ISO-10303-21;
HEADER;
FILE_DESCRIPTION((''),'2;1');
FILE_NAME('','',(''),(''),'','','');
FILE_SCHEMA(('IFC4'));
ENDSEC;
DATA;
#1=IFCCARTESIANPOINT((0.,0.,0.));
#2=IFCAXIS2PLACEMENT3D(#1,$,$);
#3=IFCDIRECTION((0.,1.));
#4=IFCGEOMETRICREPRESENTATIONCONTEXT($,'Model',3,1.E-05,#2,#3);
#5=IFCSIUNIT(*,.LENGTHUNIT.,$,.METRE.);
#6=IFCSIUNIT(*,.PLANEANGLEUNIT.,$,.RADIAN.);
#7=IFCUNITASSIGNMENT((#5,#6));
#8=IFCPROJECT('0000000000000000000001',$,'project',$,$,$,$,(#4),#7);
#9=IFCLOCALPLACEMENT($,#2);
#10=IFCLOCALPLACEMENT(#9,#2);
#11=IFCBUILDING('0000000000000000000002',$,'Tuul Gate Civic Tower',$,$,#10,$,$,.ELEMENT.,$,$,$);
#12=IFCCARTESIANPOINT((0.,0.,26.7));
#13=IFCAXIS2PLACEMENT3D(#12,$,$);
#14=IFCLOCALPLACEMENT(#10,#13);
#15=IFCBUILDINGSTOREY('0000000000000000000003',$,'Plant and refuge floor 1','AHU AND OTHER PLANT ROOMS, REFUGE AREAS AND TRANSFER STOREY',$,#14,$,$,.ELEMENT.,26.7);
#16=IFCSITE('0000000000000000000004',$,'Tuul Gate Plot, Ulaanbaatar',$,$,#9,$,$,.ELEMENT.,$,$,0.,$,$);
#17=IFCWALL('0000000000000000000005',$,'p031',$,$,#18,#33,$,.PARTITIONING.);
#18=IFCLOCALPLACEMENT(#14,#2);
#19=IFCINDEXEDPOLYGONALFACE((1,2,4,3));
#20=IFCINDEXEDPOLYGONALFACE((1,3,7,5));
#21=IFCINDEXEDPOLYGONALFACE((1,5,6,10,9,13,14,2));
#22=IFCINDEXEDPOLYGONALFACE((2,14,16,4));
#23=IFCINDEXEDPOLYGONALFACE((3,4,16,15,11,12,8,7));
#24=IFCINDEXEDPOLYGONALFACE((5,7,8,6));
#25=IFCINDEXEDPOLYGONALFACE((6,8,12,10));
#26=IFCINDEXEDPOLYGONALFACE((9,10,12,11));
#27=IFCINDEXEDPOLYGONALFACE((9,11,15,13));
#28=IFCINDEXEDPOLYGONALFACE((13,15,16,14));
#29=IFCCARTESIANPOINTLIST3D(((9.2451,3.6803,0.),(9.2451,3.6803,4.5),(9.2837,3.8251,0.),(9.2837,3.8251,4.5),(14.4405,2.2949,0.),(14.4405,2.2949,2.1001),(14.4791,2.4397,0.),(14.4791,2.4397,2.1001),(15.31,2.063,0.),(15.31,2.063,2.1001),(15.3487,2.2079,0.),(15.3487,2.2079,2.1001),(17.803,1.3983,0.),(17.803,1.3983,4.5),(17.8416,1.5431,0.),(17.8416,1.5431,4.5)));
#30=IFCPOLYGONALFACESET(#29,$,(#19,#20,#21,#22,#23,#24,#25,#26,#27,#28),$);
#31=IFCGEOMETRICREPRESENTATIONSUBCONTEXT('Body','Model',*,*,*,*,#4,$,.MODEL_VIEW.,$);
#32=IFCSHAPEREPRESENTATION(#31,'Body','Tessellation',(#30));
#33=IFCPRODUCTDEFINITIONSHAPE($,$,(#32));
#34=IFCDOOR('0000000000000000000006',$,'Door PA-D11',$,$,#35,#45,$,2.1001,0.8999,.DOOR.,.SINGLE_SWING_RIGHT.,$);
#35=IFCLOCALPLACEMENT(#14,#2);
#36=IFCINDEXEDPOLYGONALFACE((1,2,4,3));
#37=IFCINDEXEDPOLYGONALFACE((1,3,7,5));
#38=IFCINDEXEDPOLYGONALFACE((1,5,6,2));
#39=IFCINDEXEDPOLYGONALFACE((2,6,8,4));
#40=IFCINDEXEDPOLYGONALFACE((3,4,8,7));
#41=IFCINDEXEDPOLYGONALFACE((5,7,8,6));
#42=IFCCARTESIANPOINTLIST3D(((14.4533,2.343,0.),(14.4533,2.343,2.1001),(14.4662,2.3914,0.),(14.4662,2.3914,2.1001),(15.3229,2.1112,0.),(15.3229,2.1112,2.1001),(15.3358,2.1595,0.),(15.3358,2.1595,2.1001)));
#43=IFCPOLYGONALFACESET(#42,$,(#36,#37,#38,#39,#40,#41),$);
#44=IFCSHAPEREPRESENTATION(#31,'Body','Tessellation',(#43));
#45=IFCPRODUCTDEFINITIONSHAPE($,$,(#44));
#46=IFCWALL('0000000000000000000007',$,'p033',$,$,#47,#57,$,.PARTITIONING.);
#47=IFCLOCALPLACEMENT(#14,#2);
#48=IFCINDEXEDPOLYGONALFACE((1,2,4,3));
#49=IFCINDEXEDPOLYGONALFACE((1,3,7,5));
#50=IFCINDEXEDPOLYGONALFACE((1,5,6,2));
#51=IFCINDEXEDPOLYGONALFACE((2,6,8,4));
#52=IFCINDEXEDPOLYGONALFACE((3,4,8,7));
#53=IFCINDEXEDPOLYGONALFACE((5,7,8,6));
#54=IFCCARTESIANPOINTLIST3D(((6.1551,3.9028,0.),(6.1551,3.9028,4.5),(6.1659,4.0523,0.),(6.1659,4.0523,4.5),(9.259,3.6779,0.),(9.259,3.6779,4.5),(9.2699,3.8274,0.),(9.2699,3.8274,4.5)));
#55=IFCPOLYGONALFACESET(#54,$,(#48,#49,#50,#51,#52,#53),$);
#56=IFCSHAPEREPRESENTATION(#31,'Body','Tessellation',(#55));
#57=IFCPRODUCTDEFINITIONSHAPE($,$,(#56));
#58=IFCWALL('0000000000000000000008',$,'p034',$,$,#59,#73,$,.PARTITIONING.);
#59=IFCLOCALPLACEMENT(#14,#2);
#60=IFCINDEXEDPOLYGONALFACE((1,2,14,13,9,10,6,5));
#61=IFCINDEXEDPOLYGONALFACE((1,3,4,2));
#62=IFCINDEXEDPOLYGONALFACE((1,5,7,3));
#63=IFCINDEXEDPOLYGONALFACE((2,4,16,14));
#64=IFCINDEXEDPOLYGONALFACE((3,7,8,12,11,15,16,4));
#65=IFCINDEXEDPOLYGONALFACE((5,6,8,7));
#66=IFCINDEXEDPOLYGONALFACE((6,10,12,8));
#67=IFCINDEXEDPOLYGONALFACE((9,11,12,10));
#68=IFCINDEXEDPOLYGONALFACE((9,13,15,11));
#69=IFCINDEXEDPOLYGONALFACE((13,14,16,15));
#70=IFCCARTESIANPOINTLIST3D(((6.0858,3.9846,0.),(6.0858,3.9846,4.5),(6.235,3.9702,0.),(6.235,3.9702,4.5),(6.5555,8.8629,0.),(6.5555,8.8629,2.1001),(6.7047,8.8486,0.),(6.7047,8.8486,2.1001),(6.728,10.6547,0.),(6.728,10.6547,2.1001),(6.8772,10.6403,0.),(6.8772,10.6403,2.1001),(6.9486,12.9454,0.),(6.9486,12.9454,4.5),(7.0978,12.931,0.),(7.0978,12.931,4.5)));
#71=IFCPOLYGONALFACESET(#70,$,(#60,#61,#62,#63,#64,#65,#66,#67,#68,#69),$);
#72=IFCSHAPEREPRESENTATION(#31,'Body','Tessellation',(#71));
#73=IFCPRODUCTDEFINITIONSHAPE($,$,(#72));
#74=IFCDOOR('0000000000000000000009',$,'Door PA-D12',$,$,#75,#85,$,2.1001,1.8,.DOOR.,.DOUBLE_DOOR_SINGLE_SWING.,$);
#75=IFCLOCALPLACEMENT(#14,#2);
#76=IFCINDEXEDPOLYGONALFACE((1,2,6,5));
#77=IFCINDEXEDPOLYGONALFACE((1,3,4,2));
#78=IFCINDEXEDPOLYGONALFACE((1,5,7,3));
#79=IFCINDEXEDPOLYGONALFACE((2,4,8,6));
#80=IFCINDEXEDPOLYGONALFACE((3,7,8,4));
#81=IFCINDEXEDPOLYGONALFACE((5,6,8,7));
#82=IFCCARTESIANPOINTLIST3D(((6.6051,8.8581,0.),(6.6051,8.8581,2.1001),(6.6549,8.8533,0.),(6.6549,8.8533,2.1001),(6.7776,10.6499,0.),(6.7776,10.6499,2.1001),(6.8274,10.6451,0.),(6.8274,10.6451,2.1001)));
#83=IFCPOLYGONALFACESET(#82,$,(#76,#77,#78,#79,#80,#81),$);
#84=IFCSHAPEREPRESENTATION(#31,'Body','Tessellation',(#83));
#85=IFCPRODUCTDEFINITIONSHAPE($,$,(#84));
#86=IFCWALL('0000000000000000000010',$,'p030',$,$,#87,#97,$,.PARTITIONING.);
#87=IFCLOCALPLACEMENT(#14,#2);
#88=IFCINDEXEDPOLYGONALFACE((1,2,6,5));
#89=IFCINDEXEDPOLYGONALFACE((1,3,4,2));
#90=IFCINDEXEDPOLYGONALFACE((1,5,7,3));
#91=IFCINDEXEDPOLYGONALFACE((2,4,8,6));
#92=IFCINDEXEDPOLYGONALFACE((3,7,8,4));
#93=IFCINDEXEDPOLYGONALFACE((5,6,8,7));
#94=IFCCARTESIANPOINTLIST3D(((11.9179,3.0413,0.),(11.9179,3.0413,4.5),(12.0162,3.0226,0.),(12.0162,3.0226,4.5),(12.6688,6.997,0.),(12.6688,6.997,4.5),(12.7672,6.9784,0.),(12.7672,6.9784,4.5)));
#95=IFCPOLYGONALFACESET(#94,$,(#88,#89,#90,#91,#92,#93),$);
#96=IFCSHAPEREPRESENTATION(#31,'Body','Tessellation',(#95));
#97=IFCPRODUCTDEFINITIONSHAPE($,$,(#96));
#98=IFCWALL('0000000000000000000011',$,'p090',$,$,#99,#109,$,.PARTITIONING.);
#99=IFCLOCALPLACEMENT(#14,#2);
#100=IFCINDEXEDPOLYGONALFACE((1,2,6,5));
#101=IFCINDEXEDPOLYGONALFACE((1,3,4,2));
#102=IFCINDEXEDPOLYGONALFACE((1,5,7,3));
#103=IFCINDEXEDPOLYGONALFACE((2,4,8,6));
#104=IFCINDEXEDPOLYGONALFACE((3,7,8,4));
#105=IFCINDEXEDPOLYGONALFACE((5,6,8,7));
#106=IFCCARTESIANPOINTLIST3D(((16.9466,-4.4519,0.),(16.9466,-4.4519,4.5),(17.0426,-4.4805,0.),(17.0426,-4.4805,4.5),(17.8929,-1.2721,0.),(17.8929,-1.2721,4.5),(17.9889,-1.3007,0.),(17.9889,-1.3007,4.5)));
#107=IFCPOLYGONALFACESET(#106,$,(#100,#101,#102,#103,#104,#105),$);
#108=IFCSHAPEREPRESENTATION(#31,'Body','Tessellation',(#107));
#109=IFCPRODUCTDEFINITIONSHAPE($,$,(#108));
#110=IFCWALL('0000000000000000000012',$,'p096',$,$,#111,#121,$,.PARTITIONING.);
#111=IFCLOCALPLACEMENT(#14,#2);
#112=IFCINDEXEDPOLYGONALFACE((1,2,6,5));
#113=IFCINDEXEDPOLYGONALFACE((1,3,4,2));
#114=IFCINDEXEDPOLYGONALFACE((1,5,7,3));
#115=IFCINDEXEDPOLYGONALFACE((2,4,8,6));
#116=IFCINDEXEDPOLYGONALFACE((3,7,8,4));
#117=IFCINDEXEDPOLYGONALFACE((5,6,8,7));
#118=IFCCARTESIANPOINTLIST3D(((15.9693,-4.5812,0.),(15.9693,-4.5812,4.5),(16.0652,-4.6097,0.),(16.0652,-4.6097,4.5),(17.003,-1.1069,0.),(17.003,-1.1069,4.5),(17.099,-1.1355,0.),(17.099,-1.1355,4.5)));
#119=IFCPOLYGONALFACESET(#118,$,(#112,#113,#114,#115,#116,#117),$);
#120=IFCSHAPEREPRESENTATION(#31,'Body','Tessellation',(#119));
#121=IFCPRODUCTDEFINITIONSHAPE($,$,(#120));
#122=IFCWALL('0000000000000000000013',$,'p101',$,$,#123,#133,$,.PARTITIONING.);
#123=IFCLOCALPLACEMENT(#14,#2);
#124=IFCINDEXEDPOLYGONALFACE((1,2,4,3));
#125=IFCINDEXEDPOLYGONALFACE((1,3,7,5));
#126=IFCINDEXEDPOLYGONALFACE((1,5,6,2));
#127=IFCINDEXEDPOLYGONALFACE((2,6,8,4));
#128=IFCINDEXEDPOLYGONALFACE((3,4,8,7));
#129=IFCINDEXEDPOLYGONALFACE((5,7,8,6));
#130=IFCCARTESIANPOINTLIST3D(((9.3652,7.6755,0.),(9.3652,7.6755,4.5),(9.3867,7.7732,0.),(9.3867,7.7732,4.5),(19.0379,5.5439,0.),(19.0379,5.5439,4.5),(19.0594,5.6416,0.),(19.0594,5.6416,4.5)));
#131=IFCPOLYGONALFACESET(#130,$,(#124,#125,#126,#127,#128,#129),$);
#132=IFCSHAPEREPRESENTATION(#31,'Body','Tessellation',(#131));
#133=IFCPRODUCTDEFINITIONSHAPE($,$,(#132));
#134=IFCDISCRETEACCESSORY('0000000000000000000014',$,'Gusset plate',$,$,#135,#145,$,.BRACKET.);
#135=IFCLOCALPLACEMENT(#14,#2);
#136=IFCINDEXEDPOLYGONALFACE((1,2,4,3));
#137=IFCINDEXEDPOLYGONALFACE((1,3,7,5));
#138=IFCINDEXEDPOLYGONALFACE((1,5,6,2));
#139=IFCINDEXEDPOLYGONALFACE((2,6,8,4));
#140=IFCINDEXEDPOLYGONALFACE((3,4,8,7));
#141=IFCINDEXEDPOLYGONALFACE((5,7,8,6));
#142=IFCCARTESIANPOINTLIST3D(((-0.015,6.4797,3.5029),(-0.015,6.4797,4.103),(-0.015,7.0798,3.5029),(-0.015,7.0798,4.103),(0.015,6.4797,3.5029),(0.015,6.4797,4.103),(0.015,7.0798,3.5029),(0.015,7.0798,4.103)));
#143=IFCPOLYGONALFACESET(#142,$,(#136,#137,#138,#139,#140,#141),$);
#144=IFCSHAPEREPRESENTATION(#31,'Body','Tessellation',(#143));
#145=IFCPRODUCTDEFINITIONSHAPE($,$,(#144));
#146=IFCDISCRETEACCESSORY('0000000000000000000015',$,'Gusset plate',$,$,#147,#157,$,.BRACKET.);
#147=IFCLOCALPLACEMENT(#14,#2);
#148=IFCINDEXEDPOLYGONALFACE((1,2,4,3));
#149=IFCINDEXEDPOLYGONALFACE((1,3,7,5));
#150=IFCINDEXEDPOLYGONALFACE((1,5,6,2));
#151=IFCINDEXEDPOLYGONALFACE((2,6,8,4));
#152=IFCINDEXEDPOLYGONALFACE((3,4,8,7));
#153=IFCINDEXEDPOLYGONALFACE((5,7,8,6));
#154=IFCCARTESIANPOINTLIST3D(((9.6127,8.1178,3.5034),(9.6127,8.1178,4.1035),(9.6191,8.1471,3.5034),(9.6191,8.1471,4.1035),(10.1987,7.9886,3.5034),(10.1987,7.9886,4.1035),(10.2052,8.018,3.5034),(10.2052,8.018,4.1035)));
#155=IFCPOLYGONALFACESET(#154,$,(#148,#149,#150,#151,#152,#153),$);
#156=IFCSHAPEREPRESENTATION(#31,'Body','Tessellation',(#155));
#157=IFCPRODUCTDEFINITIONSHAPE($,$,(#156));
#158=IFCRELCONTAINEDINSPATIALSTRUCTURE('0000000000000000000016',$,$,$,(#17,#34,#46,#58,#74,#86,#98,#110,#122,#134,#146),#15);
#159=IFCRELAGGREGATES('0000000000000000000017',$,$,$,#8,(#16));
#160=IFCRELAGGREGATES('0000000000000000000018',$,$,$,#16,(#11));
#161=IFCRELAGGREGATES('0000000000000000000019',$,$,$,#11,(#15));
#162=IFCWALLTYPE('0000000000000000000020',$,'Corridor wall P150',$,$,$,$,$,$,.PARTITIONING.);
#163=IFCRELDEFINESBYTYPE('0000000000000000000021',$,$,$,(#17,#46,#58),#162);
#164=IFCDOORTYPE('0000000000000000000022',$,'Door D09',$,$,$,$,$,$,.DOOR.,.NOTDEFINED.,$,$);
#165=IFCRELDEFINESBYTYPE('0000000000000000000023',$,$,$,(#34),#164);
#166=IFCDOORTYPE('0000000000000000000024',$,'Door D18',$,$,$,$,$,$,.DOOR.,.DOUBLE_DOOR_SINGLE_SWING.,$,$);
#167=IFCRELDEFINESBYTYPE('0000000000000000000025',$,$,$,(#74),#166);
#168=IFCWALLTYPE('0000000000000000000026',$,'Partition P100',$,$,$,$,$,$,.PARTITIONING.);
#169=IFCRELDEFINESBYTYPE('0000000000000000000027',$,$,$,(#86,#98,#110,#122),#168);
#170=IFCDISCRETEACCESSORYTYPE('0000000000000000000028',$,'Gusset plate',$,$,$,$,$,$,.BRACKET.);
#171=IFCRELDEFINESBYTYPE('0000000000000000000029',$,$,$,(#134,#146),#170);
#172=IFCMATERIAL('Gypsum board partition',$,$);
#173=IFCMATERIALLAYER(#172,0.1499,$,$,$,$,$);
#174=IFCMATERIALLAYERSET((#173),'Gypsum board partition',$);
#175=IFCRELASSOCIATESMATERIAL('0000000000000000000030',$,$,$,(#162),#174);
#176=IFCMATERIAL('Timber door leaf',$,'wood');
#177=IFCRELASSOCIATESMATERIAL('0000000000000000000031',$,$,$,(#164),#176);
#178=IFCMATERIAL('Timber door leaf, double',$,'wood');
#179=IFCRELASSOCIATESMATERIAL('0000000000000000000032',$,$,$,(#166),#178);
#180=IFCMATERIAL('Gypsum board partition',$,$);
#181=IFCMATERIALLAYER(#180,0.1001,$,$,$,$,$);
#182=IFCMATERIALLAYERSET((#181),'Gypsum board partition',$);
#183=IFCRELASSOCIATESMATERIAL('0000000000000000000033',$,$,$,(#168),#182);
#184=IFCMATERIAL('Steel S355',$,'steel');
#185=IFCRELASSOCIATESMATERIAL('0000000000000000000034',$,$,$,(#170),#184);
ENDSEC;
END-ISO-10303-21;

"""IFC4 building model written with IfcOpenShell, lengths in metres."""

from ifc_helpers import new_model, si_unit, direction, frame, frame_2d, origin, origin_2d, place, context, subcontext, project, spatial, rectangle, extrude, material, layer, layer_set, type_object, element, fill, save


model = new_model("IFC4")

# Units and contexts
model_context = context("Model", 3, precision=1e-05, world=origin(), true_north=direction((0.0, 1.0)))
body_context = subcontext(model_context, "Body", "Model", "MODEL_VIEW")
ifc_project = project(units=[si_unit("LENGTHUNIT", "METRE"), si_unit("PLANEANGLEUNIT", "RADIAN")], contexts=[model_context])

# Site, building, storey
site_placement = place(None, origin())
site = spatial("IfcSite", under=ifc_project, at=site_placement, Name="Tuul Gate Plot, Ulaanbaatar", CompositionType="ELEMENT", RefElevation=0.0)
building_placement = place(site_placement, origin())
building = spatial("IfcBuilding", under=site, at=building_placement, Name="Tuul Gate Civic Tower", CompositionType="ELEMENT")
storey_placement = place(building_placement, frame((0.0, 0.0, 26.7)))
storey = spatial("IfcBuildingStorey", under=building, at=storey_placement, Name="Plant and refuge floor 1", Description="AHU AND OTHER PLANT ROOMS, REFUGE AREAS AND TRANSFER STOREY", CompositionType="ELEMENT", Elevation=26.7)

# Shared definitions
ifc_material_1 = material(Name="Gypsum board partition")
ifc_layer_1 = layer(ifc_material_1, 0.1499)
ifc_layer_set_1 = layer_set([ifc_layer_1], Name="Gypsum board partition")
wall_type_1 = type_object("IfcWallType", Name="Corridor wall P150", PredefinedType="PARTITIONING", material=ifc_layer_set_1)

# Wall, opening, door
wall_1_placement = place(storey_placement, frame((9.2644, 3.7527, 0.0), z_axis=(0.0, 0.0, 1.0), x_axis=(0.966238, -0.257651, 0.0)))
wall_1 = element("IfcWall", 1, at=wall_1_placement, inside=storey, type_object=wall_type_1, Name="p031", PredefinedType="PARTITIONING", context=body_context, shape_type="SweptSolid", body=[
    extrude(rectangle(XDim=8.8569, YDim=0.1499, at=frame_2d((4.4285, 0.0))), origin(), (0.0, 0.0, 1.0), 4.5),
])
opening_1_placement = place(wall_1_placement, frame((5.377, 0.0, 0.0)))
opening_1 = element("IfcOpeningElement", 2, at=opening_1_placement, cuts=wall_1, PredefinedType="OPENING", context=body_context, shape_type="SweptSolid", body=[
    extrude(rectangle(XDim=0.8999, YDim=2.1001, at=frame_2d((0.45, 1.05))), frame((0.0, 0.085, 0.0), z_axis=(0.0, -1.0, 0.0), x_axis=(1.0, 0.0, 0.0)), (0.0, 0.0, 1.0), 0.1699),
])
ifc_material_2 = material(Name="Timber door leaf", Category="wood")
door_type_1 = type_object("IfcDoorType", Name="Door D09", OperationType="NOTDEFINED", PredefinedType="DOOR", material=ifc_material_2)
door_1_placement = place(opening_1_placement, origin())
door_1 = element("IfcDoor", 3, at=door_1_placement, inside=storey, type_object=door_type_1, Name="Door PA-D11", OperationType="SINGLE_SWING_RIGHT", OverallHeight=2.1001, OverallWidth=0.8999, PredefinedType="DOOR", context=body_context, shape_type="SweptSolid", body=[
    extrude(rectangle(XDim=0.8999, YDim=2.1001, at=frame_2d((0.45, 1.05))), frame((0.0, 0.0249, 0.0), z_axis=(0.0, -1.0, 0.0), x_axis=(1.0, 0.0, 0.0)), (0.0, 0.0, 1.0), 0.05),
])
fill(opening_1, door_1)

# Wall
wall_2_placement = place(storey_placement, frame((6.1604, 3.9775, 0.0), z_axis=(0.0, 0.0, 1.0), x_axis=(0.997387, -0.072251, 0.0)))
element("IfcWall", 4, at=wall_2_placement, inside=storey, type_object=wall_type_1, Name="p033", PredefinedType="PARTITIONING", context=body_context, shape_type="SweptSolid", body=[
    extrude(rectangle(XDim=3.1121, YDim=0.1499, at=frame_2d((1.5562, 0.0))), origin(), (0.0, 0.0, 1.0), 4.5),
])

# Wall, opening, door
wall_3_placement = place(storey_placement, frame((6.1604, 3.9775, 0.0), z_axis=(0.0, 0.0, 1.0), x_axis=(0.095843, 0.995396, 0.0)))
wall_3 = element("IfcWall", 5, at=wall_3_placement, inside=storey, type_object=wall_type_1, Name="p034", PredefinedType="PARTITIONING", context=body_context, shape_type="SweptSolid", body=[
    extrude(rectangle(XDim=9.0022, YDim=0.1499, at=frame_2d((4.501, 0.0))), origin(), (0.0, 0.0, 1.0), 4.5),
])
opening_2_placement = place(wall_3_placement, frame((4.9009, 0.0, 0.0)))
opening_2 = element("IfcOpeningElement", 6, at=opening_2_placement, cuts=wall_3, PredefinedType="OPENING", context=body_context, shape_type="SweptSolid", body=[
    extrude(rectangle(XDim=1.8, YDim=2.1001, at=frame_2d((0.8999, 1.05))), frame((0.0, 0.085, 0.0), z_axis=(0.0, -1.0, 0.0), x_axis=(1.0, 0.0, 0.0)), (0.0, 0.0, 1.0), 0.1699),
])
ifc_material_3 = material(Name="Timber door leaf, double", Category="wood")
door_type_2 = type_object("IfcDoorType", Name="Door D18", OperationType="DOUBLE_DOOR_SINGLE_SWING", PredefinedType="DOOR", material=ifc_material_3)
door_2_placement = place(opening_2_placement, frame((1.8, 0.0, 0.0), z_axis=(0.0, 0.0, 1.0), x_axis=(-1.0, 0.0, 0.0)))
door_2 = element("IfcDoor", 7, at=door_2_placement, inside=storey, type_object=door_type_2, Name="Door PA-D12", OperationType="DOUBLE_DOOR_SINGLE_SWING", OverallHeight=2.1001, OverallWidth=1.8, PredefinedType="DOOR", context=body_context, shape_type="SweptSolid", body=[
    extrude(rectangle(XDim=1.8, YDim=2.1001, at=frame_2d((0.9001, 1.05))), frame((0.0, 0.0249, 0.0), z_axis=(0.0, -1.0, 0.0), x_axis=(1.0, 0.0, 0.0)), (0.0, 0.0, 1.0), 0.05),
])
fill(opening_2, door_2)

# Walls
ifc_material_4 = material(Name="Gypsum board partition")
ifc_layer_2 = layer(ifc_material_4, 0.1001)
ifc_layer_set_2 = layer_set([ifc_layer_2], Name="Gypsum board partition")
wall_type_2 = type_object("IfcWallType", Name="Partition P100", PredefinedType="PARTITIONING", material=ifc_layer_set_2)
wall_4_placement = place(storey_placement, frame((11.967, 3.032, 0.0), z_axis=(0.0, 0.0, 1.0), x_axis=(0.18651, 0.982453, 0.0)))
element("IfcWall", 8, at=wall_4_placement, inside=storey, type_object=wall_type_2, Name="p030", PredefinedType="PARTITIONING", context=body_context, shape_type="SweptSolid", body=[
    extrude(rectangle(XDim=4.0264, YDim=0.1001, at=frame_2d((2.0132, 0.0))), origin(), (0.0, 0.0, 1.0), 4.5),
])
wall_5_placement = place(storey_placement, frame((16.9946, -4.4661, 0.0), z_axis=(0.0, 0.0, 1.0), x_axis=(0.285241, 0.958456, 0.0)))
element("IfcWall", 9, at=wall_5_placement, inside=storey, type_object=wall_type_2, Name="p090", PredefinedType="PARTITIONING", context=body_context, shape_type="SweptSolid", body=[
    extrude(rectangle(XDim=3.3176, YDim=0.1001, at=frame_2d((1.6587, 0.0))), origin(), (0.0, 0.0, 1.0), 4.5),
])
wall_6_placement = place(storey_placement, frame((17.051, -1.1211, 0.0), z_axis=(0.0, 0.0, 1.0), x_axis=(-0.285184, -0.958473, 0.0)))
element("IfcWall", 10, at=wall_6_placement, inside=storey, type_object=wall_type_2, Name="p096", PredefinedType="PARTITIONING", context=body_context, shape_type="SweptSolid", body=[
    extrude(rectangle(XDim=3.6248, YDim=0.1001, at=frame_2d((1.8125, 0.0))), origin(), (0.0, 0.0, 1.0), 4.5),
])
wall_7_placement = place(storey_placement, frame((9.376, 7.7244, 0.0), z_axis=(0.0, 0.0, 1.0), x_axis=(0.976568, -0.21521, 0.0)))
element("IfcWall", 11, at=wall_7_placement, inside=storey, type_object=wall_type_2, Name="p101", PredefinedType="PARTITIONING", context=body_context, shape_type="SweptSolid", body=[
    extrude(rectangle(XDim=9.9048, YDim=0.1001, at=frame_2d((4.9524, 0.0))), origin(), (0.0, 0.0, 1.0), 4.5),
])

# Discrete accessories
ifc_material_5 = material(Name="Steel S355", Category="steel")
discrete_accessory_type = type_object("IfcDiscreteAccessoryType", Name="Gusset plate", PredefinedType="BRACKET", material=ifc_material_5)
for number, where, z_axis, x_axis, name in (
    (12, (0.0, 6.7798, 3.5029), (0.0, 0.0, 1.0), (0.0, 1.0, 0.0), "Gusset plate"),
    (13, (9.9089, 8.0679, 3.5034), (0.0, 0.0, 1.0), (0.976565, -0.215222, 0.0), "Gusset plate"),
):
    element("IfcDiscreteAccessory", number, at=place(storey_placement, frame(where, z_axis=z_axis, x_axis=x_axis)), inside=storey, type_object=discrete_accessory_type, Name=name, PredefinedType="BRACKET", context=body_context, shape_type="SweptSolid", body=[
        extrude(rectangle(XDim=0.6001, YDim=0.03, at=origin_2d()), origin(), (0.0, 0.0, 1.0), 0.6001),
    ])

save(model, "model.ifc")
